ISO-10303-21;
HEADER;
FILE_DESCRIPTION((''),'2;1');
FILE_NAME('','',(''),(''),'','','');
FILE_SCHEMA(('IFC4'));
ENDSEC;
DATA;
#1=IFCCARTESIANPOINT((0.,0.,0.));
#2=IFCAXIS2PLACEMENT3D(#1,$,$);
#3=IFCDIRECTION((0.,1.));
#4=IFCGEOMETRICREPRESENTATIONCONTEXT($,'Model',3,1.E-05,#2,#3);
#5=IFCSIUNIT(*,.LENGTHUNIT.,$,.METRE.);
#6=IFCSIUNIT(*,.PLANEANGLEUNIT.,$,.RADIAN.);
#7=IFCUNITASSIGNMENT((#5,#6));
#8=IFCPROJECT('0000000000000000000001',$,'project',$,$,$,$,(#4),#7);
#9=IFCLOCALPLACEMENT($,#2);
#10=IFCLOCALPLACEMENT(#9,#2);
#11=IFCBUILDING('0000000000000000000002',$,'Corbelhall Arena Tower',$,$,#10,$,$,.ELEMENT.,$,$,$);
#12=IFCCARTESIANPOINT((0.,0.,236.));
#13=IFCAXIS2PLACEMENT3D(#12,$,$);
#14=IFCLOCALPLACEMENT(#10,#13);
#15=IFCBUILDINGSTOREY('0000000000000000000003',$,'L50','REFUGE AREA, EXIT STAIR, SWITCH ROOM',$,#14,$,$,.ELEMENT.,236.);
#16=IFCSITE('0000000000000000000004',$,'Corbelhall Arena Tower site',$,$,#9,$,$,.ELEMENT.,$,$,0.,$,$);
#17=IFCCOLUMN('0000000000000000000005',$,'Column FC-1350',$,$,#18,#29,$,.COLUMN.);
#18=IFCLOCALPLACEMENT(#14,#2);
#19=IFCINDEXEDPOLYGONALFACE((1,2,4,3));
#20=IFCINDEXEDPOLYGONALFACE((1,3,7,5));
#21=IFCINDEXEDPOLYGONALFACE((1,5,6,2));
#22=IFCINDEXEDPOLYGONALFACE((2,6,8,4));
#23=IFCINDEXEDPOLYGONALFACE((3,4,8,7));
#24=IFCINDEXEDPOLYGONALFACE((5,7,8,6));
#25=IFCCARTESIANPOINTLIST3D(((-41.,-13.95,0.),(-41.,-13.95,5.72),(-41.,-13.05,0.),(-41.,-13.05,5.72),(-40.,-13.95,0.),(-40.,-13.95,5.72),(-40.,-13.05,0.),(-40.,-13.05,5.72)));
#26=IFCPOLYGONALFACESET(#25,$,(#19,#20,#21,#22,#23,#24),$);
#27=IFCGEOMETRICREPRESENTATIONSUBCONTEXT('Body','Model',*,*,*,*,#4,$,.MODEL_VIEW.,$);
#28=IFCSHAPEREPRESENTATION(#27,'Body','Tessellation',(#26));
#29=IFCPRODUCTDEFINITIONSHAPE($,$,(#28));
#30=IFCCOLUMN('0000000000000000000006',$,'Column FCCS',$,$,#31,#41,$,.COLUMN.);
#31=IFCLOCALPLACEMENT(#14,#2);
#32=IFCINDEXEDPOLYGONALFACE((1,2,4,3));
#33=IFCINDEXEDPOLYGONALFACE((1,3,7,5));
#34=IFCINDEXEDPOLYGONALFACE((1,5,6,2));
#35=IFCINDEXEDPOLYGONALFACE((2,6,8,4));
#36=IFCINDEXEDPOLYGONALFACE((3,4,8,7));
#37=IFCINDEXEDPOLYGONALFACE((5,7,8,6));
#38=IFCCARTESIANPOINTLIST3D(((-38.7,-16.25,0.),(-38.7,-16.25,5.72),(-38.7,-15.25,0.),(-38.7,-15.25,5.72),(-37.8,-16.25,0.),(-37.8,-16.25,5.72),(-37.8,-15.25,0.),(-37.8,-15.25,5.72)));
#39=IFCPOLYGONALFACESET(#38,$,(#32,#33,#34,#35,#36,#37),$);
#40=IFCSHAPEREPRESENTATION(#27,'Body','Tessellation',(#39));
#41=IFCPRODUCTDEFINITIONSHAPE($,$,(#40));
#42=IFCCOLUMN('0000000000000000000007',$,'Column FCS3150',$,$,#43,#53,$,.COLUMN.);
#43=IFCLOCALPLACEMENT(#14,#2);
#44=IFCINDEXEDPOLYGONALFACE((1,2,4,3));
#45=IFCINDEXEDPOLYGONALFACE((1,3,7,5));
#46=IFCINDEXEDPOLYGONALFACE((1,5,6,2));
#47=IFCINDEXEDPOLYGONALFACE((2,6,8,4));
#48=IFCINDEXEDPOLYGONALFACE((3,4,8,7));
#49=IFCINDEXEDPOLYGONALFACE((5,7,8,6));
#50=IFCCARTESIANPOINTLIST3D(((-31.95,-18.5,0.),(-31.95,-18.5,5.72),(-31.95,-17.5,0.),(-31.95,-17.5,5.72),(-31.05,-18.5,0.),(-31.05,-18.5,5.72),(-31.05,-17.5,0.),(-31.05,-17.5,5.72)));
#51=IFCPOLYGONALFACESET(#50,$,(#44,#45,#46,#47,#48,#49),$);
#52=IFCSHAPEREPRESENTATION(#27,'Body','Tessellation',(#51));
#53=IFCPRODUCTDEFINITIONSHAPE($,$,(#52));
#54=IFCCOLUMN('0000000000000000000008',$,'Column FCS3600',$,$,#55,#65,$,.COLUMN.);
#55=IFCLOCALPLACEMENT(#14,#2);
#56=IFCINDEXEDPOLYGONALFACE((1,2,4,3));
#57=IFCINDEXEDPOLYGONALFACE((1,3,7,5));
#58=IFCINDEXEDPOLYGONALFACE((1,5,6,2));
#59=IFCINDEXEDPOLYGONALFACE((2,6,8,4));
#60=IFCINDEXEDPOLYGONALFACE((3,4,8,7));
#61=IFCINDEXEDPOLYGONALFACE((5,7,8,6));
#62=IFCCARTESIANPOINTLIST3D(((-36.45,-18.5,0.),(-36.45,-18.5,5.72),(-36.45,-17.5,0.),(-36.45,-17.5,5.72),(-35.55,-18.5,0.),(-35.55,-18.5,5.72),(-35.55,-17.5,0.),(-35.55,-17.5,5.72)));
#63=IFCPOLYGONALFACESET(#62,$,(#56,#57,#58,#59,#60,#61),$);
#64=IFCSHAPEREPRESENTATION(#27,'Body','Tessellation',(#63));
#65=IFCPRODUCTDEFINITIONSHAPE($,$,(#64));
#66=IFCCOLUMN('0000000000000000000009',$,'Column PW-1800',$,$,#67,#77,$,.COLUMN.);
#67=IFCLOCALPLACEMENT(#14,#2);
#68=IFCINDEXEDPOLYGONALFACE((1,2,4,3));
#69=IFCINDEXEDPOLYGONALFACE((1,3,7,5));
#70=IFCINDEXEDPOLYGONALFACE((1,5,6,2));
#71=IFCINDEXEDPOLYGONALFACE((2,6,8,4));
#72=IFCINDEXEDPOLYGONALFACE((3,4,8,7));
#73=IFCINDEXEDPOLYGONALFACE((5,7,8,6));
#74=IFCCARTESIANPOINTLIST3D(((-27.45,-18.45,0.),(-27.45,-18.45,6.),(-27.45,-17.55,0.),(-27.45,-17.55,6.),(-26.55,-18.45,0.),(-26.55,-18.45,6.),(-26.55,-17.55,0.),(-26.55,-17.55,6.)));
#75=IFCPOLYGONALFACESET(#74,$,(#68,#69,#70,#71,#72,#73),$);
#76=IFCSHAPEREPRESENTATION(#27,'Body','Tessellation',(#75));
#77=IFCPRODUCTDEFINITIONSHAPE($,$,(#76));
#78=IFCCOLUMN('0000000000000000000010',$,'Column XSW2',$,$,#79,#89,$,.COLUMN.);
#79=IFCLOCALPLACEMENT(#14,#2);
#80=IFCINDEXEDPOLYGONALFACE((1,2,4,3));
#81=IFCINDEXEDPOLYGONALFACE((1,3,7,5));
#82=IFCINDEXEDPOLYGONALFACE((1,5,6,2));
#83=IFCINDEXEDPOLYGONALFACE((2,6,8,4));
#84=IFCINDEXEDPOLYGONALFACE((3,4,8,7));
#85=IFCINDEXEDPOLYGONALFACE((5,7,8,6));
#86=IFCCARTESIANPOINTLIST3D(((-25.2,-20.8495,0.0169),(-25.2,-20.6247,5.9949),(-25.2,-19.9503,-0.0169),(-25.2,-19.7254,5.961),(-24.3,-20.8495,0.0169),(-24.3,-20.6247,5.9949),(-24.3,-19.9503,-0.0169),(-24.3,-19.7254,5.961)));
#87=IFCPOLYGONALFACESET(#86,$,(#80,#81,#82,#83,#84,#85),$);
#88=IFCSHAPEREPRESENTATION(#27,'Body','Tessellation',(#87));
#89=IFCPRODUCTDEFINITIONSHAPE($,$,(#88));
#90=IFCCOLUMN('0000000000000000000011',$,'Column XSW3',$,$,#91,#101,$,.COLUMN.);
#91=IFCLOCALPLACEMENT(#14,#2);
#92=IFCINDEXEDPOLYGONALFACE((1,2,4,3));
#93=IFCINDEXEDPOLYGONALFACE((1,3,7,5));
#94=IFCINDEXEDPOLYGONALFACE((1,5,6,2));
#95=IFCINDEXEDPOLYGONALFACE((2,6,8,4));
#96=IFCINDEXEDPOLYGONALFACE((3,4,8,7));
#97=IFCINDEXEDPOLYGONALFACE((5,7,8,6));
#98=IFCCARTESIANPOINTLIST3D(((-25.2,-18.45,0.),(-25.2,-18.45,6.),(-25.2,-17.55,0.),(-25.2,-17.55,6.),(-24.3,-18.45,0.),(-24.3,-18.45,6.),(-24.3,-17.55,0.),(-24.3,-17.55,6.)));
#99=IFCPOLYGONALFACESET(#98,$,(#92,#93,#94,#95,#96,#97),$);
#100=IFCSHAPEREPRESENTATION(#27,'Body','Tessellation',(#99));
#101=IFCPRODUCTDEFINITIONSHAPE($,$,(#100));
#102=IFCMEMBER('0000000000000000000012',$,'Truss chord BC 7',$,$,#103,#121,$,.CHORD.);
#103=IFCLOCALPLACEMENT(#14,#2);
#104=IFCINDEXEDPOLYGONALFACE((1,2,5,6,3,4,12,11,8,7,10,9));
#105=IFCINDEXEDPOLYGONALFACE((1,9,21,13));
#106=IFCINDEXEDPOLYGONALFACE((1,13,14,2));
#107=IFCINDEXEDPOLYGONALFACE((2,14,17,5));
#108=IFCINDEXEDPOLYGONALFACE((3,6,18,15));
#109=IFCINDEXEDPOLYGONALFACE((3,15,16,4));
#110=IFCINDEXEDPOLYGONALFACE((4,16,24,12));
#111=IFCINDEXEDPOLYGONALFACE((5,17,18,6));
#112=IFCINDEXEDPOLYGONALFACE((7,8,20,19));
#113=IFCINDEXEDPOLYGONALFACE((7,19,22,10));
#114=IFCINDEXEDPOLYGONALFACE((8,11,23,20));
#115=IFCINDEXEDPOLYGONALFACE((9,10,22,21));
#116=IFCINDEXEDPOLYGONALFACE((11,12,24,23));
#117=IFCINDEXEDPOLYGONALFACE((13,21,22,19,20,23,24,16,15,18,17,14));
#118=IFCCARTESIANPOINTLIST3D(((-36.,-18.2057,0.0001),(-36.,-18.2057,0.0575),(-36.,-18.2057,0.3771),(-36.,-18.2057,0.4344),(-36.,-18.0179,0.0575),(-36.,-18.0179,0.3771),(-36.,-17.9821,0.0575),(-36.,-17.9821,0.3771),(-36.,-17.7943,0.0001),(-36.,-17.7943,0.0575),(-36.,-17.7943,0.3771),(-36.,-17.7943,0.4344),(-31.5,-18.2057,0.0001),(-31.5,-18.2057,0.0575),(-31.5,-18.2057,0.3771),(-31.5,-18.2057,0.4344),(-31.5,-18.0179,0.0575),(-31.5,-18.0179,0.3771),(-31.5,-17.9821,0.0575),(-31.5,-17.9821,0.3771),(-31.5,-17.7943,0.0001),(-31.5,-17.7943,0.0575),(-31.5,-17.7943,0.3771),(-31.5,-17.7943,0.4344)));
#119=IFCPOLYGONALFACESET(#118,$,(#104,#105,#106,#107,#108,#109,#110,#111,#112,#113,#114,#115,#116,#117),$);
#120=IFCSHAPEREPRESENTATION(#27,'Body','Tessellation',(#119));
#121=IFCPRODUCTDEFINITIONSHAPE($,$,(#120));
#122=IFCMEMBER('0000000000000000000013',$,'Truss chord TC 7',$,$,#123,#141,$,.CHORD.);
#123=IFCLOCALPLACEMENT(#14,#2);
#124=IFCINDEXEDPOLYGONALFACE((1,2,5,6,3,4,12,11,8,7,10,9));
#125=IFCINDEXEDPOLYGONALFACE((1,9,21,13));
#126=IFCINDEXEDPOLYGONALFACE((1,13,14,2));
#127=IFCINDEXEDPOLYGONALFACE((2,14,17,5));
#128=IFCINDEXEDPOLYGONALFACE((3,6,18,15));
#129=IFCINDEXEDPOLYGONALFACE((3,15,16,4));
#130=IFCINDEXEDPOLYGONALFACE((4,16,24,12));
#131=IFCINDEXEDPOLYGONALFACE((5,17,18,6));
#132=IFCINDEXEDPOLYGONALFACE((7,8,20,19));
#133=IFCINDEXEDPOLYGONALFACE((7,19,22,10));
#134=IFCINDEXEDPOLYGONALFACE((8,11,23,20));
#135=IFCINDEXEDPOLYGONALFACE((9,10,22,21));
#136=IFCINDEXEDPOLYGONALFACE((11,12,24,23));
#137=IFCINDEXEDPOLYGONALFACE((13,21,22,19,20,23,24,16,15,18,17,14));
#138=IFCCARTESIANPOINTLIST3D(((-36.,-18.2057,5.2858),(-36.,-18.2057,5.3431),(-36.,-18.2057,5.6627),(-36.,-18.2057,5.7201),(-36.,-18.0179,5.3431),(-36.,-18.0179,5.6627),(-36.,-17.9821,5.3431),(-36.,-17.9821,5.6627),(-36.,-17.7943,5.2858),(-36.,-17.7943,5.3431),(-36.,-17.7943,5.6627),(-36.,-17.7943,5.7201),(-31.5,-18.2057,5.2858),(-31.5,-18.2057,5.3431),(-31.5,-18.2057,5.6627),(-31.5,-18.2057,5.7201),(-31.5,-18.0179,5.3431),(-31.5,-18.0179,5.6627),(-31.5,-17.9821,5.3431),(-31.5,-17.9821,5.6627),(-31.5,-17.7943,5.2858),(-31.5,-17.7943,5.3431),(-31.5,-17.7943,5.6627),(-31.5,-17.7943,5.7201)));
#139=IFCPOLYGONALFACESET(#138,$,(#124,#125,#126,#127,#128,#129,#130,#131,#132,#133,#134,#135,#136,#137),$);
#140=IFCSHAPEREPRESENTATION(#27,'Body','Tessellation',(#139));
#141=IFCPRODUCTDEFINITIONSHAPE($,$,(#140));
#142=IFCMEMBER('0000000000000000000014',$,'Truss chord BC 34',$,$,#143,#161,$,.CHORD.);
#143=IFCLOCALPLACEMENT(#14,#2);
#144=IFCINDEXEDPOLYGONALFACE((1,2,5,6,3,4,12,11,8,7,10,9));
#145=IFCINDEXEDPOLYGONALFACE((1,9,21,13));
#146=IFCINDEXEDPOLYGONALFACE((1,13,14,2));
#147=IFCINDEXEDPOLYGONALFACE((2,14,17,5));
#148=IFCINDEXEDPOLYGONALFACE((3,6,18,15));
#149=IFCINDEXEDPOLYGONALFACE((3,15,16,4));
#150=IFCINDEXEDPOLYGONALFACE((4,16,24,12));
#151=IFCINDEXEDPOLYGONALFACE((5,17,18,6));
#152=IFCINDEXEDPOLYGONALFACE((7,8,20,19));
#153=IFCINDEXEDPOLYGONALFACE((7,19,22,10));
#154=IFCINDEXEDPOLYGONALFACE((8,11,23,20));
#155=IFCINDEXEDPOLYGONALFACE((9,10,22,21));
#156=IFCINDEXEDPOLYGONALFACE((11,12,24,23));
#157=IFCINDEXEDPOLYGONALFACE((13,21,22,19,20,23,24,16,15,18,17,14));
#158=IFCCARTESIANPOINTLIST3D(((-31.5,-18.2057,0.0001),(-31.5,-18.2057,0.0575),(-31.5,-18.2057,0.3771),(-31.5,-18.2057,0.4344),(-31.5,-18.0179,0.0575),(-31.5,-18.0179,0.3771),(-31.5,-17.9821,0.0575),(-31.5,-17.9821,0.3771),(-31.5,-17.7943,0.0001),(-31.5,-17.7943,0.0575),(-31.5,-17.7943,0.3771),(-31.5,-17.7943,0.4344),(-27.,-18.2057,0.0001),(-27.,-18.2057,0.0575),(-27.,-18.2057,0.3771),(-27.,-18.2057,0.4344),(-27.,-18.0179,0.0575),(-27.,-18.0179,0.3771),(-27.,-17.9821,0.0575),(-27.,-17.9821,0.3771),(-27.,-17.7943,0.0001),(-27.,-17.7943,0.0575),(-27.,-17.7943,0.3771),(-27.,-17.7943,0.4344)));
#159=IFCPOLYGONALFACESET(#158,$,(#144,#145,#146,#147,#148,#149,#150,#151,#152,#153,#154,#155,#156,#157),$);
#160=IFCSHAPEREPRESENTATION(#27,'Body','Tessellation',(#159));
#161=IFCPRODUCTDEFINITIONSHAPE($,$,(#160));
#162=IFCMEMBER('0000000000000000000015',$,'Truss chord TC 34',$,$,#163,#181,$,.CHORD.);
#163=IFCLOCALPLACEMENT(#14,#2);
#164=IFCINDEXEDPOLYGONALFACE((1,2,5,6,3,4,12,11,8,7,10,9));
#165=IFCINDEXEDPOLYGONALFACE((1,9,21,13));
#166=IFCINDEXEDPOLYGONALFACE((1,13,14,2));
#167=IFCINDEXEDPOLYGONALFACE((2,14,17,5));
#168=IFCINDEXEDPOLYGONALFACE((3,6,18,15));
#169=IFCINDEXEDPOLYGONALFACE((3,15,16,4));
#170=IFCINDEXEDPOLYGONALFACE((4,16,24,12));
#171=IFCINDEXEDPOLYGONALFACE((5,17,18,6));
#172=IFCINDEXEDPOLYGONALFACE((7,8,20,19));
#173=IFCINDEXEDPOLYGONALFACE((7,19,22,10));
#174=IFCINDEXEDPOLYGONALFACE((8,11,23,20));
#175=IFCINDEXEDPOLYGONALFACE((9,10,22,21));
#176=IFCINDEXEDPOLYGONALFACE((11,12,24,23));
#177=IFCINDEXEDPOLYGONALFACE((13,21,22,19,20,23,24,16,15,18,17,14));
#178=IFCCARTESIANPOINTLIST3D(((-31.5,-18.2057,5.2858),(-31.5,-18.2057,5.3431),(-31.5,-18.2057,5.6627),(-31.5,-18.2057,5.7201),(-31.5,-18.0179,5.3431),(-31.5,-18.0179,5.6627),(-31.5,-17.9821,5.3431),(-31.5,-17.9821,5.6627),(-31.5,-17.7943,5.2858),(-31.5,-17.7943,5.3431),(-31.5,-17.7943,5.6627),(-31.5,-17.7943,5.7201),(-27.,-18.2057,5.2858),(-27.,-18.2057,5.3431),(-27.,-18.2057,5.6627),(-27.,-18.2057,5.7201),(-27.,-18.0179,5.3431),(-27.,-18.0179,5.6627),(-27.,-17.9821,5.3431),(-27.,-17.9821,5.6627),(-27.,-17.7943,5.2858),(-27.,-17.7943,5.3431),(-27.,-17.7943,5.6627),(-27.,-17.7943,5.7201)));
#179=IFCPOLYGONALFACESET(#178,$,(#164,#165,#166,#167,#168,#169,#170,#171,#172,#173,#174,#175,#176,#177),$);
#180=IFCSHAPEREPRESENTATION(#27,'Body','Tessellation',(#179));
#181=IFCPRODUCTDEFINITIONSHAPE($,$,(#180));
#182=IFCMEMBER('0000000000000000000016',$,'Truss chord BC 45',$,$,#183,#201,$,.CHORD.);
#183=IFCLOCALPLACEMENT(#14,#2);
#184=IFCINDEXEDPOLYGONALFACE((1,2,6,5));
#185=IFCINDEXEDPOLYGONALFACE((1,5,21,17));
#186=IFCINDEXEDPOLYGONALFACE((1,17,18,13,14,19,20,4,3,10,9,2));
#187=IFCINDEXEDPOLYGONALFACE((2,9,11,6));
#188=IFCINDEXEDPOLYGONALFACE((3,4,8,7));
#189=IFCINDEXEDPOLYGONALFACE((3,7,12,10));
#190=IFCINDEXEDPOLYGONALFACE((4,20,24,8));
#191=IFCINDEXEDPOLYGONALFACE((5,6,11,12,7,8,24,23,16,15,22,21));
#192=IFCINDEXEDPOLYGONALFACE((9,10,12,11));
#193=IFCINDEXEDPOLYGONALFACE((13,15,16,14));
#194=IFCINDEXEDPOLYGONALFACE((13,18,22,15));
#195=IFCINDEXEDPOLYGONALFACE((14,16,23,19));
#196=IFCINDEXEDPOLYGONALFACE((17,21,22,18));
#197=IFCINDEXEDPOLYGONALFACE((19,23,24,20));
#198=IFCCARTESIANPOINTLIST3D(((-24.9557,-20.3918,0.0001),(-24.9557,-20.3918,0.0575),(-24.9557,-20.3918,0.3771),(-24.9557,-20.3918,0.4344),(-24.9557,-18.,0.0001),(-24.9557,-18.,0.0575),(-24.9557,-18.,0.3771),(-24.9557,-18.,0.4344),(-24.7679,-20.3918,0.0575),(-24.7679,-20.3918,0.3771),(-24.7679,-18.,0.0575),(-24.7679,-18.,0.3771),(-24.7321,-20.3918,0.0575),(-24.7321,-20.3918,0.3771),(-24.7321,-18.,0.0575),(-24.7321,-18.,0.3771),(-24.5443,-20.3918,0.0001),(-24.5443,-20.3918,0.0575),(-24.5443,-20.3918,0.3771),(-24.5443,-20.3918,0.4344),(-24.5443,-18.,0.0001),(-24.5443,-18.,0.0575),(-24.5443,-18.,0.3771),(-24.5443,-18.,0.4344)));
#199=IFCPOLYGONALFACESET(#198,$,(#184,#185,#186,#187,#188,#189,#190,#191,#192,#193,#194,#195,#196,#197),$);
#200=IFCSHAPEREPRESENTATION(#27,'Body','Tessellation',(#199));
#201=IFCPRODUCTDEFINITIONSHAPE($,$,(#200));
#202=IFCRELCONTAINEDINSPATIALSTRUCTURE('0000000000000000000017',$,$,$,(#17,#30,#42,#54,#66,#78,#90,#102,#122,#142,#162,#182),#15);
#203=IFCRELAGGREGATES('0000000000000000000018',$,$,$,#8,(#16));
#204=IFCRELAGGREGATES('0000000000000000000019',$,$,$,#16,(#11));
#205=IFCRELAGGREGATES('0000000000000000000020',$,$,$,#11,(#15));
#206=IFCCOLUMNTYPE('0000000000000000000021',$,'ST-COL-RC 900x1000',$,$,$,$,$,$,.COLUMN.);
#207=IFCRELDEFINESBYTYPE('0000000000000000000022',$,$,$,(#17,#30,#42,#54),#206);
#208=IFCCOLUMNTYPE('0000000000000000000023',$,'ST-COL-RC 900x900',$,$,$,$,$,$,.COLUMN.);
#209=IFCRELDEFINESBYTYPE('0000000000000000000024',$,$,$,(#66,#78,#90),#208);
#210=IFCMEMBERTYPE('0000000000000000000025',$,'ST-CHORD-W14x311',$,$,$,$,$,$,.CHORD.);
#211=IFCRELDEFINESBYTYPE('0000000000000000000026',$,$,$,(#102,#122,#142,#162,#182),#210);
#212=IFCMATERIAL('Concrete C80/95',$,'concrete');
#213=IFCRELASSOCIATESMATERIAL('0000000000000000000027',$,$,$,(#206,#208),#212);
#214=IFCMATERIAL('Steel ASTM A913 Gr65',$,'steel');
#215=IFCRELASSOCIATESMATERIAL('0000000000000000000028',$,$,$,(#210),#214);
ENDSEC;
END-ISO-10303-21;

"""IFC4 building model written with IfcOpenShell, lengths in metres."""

from ifc_helpers import new_model, si_unit, direction, frame, origin, origin_2d, place, context, subcontext, project, spatial, rectangle, i_section, extrude, material, material_profile, profile_set, type_object, element, save


model = new_model("IFC4")

# Units and contexts
model_context = context("Model", 3, precision=1e-05, world=origin(), true_north=direction((0.0, 1.0)))
body_context = subcontext(model_context, "Body", "Model", "MODEL_VIEW")
ifc_project = project(units=[si_unit("LENGTHUNIT", "METRE"), si_unit("PLANEANGLEUNIT", "RADIAN")], contexts=[model_context])

# Site, building, storey
site_placement = place(None, origin())
site = spatial("IfcSite", under=ifc_project, at=site_placement, Name="Corbelhall Arena Tower site", CompositionType="ELEMENT", RefElevation=0.0)
building_placement = place(site_placement, origin())
building = spatial("IfcBuilding", under=site, at=building_placement, Name="Corbelhall Arena Tower", CompositionType="ELEMENT")
storey_placement = place(building_placement, frame((0.0, 0.0, 236.0)))
storey = spatial("IfcBuildingStorey", under=building, at=storey_placement, Name="L50", Description="REFUGE AREA, EXIT STAIR, SWITCH ROOM", CompositionType="ELEMENT", Elevation=236.0)

# Columns
ifc_material_1 = material(Name="Concrete C80/95", Category="concrete")
ifc_material_profile_1 = material_profile(ifc_material_1, rectangle(XDim=0.8999, YDim=1.0, at=origin_2d()))
ifc_profile_set_1 = profile_set([ifc_material_profile_1], Name="Concrete C80/95")
column_type_1 = type_object("IfcColumnType", Name="ST-COL-RC 900x1000", PredefinedType="COLUMN", material=ifc_profile_set_1)
for number, where, z_axis, x_axis, name in (
    (1, (-40.5, -13.5, 0.0), (0.0, 0.0, 1.0), (0.0, 1.0, 0.0), "Column FC-1350"),
    (2, (-38.25, -15.75, 0.0), (0.0, 0.0, 1.0), (1.0, 0.0, 0.0), "Column FCCS"),
    (3, (-31.5, -18.0, 0.0), (0.0, 0.0, 1.0), (1.0, 0.0, 0.0), "Column FCS3150"),
    (4, (-36.0, -18.0, 0.0), (0.0, 0.0, 1.0), (1.0, 0.0, 0.0), "Column FCS3600"),
):
    element("IfcColumn", number, at=place(storey_placement, frame(where, z_axis=z_axis, x_axis=x_axis)), inside=storey, type_object=column_type_1, Name=name, PredefinedType="COLUMN", context=body_context, shape_type="SweptSolid", body=[
        extrude(rectangle(XDim=0.8999, YDim=1.0, at=origin_2d()), origin(), (0.0, 0.0, 1.0), 5.72),
    ])
ifc_material_profile_2 = material_profile(ifc_material_1, rectangle(XDim=0.8999, YDim=0.8999, at=origin_2d()))
ifc_profile_set_2 = profile_set([ifc_material_profile_2], Name="Concrete C80/95")
column_type_2 = type_object("IfcColumnType", Name="ST-COL-RC 900x900", PredefinedType="COLUMN", material=ifc_profile_set_2)
column_1_placement = place(storey_placement, frame((-27.0, -18.0, 0.0), z_axis=(0.0, 0.0, 1.0), x_axis=(1.0, 0.0, 0.0)))
element("IfcColumn", 5, at=column_1_placement, inside=storey, type_object=column_type_2, Name="Column PW-1800", PredefinedType="COLUMN", context=body_context, shape_type="SweptSolid", body=[
    extrude(rectangle(XDim=0.8999, YDim=0.8999, at=origin_2d()), origin(), (0.0, 0.0, 1.0), 6.0),
])
column_2_placement = place(storey_placement, frame((-24.75, -20.3999, 0.0), z_axis=(0.0, 0.037587, 0.999293), x_axis=(-1.0, 0.0, 0.0)))
element("IfcColumn", 6, at=column_2_placement, inside=storey, type_object=column_type_2, Name="Column XSW2", PredefinedType="COLUMN", context=body_context, shape_type="SweptSolid", body=[
    extrude(rectangle(XDim=0.8999, YDim=0.8999, at=origin_2d()), origin(), (0.0, 0.0, 1.0), 5.9822),
])
column_3_placement = place(storey_placement, frame((-24.75, -18.0, 0.0), z_axis=(0.0, 0.0, 1.0), x_axis=(1.0, 0.0, 0.0)))
element("IfcColumn", 7, at=column_3_placement, inside=storey, type_object=column_type_2, Name="Column XSW3", PredefinedType="COLUMN", context=body_context, shape_type="SweptSolid", body=[
    extrude(rectangle(XDim=0.8999, YDim=0.8999, at=origin_2d()), origin(), (0.0, 0.0, 1.0), 6.0),
])

# Members
ifc_material_2 = material(Name="Steel ASTM A913 Gr65", Category="steel")
ifc_material_profile_3 = material_profile(ifc_material_2, i_section(OverallWidth=0.4114, OverallDepth=0.4343, WebThickness=0.0359, FlangeThickness=0.0574, at=origin_2d()))
ifc_profile_set_3 = profile_set([ifc_material_profile_3], Name="Steel ASTM A913 Gr65")
member_type_1 = type_object("IfcMemberType", Name="ST-CHORD-W14x311", PredefinedType="CHORD", material=ifc_profile_set_3)
for number, where, z_axis, x_axis, name in (
    (8, (-31.5, -18.0, 0.2173), (-1.0, 0.0, 0.0), (0.0, -1.0, 0.0), "Truss chord BC 7"),
    (9, (-31.5, -18.0, 5.5029), (-1.0, 0.0, 0.0), (0.0, -1.0, 0.0), "Truss chord TC 7"),
    (10, (-27.0, -18.0, 0.2173), (-1.0, 0.0, 0.0), (0.0, -1.0, 0.0), "Truss chord BC 34"),
    (11, (-27.0, -18.0, 5.5029), (-1.0, 0.0, 0.0), (0.0, -1.0, 0.0), "Truss chord TC 34"),
):
    element("IfcMember", number, at=place(storey_placement, frame(where, z_axis=z_axis, x_axis=x_axis)), inside=storey, type_object=member_type_1, Name=name, PredefinedType="CHORD", context=body_context, shape_type="SweptSolid", body=[
        extrude(i_section(OverallWidth=0.4114, OverallDepth=0.4343, WebThickness=0.0359, FlangeThickness=0.0574, at=origin_2d()), origin(), (0.0, 0.0, 1.0), 4.5),
    ])
member_1_placement = place(storey_placement, frame((-24.75, -20.3918, 0.2173), z_axis=(0.0, 1.0, 0.0), x_axis=(-1.0, 0.0, 0.0)))
element("IfcMember", 12, at=member_1_placement, inside=storey, type_object=member_type_1, Name="Truss chord BC 45", PredefinedType="CHORD", context=body_context, shape_type="SweptSolid", body=[
    extrude(i_section(OverallWidth=0.4114, OverallDepth=0.4343, WebThickness=0.0359, FlangeThickness=0.0574, at=origin_2d()), origin(), (0.0, 0.0, 1.0), 2.3918),
])

save(model, "model.ifc")
